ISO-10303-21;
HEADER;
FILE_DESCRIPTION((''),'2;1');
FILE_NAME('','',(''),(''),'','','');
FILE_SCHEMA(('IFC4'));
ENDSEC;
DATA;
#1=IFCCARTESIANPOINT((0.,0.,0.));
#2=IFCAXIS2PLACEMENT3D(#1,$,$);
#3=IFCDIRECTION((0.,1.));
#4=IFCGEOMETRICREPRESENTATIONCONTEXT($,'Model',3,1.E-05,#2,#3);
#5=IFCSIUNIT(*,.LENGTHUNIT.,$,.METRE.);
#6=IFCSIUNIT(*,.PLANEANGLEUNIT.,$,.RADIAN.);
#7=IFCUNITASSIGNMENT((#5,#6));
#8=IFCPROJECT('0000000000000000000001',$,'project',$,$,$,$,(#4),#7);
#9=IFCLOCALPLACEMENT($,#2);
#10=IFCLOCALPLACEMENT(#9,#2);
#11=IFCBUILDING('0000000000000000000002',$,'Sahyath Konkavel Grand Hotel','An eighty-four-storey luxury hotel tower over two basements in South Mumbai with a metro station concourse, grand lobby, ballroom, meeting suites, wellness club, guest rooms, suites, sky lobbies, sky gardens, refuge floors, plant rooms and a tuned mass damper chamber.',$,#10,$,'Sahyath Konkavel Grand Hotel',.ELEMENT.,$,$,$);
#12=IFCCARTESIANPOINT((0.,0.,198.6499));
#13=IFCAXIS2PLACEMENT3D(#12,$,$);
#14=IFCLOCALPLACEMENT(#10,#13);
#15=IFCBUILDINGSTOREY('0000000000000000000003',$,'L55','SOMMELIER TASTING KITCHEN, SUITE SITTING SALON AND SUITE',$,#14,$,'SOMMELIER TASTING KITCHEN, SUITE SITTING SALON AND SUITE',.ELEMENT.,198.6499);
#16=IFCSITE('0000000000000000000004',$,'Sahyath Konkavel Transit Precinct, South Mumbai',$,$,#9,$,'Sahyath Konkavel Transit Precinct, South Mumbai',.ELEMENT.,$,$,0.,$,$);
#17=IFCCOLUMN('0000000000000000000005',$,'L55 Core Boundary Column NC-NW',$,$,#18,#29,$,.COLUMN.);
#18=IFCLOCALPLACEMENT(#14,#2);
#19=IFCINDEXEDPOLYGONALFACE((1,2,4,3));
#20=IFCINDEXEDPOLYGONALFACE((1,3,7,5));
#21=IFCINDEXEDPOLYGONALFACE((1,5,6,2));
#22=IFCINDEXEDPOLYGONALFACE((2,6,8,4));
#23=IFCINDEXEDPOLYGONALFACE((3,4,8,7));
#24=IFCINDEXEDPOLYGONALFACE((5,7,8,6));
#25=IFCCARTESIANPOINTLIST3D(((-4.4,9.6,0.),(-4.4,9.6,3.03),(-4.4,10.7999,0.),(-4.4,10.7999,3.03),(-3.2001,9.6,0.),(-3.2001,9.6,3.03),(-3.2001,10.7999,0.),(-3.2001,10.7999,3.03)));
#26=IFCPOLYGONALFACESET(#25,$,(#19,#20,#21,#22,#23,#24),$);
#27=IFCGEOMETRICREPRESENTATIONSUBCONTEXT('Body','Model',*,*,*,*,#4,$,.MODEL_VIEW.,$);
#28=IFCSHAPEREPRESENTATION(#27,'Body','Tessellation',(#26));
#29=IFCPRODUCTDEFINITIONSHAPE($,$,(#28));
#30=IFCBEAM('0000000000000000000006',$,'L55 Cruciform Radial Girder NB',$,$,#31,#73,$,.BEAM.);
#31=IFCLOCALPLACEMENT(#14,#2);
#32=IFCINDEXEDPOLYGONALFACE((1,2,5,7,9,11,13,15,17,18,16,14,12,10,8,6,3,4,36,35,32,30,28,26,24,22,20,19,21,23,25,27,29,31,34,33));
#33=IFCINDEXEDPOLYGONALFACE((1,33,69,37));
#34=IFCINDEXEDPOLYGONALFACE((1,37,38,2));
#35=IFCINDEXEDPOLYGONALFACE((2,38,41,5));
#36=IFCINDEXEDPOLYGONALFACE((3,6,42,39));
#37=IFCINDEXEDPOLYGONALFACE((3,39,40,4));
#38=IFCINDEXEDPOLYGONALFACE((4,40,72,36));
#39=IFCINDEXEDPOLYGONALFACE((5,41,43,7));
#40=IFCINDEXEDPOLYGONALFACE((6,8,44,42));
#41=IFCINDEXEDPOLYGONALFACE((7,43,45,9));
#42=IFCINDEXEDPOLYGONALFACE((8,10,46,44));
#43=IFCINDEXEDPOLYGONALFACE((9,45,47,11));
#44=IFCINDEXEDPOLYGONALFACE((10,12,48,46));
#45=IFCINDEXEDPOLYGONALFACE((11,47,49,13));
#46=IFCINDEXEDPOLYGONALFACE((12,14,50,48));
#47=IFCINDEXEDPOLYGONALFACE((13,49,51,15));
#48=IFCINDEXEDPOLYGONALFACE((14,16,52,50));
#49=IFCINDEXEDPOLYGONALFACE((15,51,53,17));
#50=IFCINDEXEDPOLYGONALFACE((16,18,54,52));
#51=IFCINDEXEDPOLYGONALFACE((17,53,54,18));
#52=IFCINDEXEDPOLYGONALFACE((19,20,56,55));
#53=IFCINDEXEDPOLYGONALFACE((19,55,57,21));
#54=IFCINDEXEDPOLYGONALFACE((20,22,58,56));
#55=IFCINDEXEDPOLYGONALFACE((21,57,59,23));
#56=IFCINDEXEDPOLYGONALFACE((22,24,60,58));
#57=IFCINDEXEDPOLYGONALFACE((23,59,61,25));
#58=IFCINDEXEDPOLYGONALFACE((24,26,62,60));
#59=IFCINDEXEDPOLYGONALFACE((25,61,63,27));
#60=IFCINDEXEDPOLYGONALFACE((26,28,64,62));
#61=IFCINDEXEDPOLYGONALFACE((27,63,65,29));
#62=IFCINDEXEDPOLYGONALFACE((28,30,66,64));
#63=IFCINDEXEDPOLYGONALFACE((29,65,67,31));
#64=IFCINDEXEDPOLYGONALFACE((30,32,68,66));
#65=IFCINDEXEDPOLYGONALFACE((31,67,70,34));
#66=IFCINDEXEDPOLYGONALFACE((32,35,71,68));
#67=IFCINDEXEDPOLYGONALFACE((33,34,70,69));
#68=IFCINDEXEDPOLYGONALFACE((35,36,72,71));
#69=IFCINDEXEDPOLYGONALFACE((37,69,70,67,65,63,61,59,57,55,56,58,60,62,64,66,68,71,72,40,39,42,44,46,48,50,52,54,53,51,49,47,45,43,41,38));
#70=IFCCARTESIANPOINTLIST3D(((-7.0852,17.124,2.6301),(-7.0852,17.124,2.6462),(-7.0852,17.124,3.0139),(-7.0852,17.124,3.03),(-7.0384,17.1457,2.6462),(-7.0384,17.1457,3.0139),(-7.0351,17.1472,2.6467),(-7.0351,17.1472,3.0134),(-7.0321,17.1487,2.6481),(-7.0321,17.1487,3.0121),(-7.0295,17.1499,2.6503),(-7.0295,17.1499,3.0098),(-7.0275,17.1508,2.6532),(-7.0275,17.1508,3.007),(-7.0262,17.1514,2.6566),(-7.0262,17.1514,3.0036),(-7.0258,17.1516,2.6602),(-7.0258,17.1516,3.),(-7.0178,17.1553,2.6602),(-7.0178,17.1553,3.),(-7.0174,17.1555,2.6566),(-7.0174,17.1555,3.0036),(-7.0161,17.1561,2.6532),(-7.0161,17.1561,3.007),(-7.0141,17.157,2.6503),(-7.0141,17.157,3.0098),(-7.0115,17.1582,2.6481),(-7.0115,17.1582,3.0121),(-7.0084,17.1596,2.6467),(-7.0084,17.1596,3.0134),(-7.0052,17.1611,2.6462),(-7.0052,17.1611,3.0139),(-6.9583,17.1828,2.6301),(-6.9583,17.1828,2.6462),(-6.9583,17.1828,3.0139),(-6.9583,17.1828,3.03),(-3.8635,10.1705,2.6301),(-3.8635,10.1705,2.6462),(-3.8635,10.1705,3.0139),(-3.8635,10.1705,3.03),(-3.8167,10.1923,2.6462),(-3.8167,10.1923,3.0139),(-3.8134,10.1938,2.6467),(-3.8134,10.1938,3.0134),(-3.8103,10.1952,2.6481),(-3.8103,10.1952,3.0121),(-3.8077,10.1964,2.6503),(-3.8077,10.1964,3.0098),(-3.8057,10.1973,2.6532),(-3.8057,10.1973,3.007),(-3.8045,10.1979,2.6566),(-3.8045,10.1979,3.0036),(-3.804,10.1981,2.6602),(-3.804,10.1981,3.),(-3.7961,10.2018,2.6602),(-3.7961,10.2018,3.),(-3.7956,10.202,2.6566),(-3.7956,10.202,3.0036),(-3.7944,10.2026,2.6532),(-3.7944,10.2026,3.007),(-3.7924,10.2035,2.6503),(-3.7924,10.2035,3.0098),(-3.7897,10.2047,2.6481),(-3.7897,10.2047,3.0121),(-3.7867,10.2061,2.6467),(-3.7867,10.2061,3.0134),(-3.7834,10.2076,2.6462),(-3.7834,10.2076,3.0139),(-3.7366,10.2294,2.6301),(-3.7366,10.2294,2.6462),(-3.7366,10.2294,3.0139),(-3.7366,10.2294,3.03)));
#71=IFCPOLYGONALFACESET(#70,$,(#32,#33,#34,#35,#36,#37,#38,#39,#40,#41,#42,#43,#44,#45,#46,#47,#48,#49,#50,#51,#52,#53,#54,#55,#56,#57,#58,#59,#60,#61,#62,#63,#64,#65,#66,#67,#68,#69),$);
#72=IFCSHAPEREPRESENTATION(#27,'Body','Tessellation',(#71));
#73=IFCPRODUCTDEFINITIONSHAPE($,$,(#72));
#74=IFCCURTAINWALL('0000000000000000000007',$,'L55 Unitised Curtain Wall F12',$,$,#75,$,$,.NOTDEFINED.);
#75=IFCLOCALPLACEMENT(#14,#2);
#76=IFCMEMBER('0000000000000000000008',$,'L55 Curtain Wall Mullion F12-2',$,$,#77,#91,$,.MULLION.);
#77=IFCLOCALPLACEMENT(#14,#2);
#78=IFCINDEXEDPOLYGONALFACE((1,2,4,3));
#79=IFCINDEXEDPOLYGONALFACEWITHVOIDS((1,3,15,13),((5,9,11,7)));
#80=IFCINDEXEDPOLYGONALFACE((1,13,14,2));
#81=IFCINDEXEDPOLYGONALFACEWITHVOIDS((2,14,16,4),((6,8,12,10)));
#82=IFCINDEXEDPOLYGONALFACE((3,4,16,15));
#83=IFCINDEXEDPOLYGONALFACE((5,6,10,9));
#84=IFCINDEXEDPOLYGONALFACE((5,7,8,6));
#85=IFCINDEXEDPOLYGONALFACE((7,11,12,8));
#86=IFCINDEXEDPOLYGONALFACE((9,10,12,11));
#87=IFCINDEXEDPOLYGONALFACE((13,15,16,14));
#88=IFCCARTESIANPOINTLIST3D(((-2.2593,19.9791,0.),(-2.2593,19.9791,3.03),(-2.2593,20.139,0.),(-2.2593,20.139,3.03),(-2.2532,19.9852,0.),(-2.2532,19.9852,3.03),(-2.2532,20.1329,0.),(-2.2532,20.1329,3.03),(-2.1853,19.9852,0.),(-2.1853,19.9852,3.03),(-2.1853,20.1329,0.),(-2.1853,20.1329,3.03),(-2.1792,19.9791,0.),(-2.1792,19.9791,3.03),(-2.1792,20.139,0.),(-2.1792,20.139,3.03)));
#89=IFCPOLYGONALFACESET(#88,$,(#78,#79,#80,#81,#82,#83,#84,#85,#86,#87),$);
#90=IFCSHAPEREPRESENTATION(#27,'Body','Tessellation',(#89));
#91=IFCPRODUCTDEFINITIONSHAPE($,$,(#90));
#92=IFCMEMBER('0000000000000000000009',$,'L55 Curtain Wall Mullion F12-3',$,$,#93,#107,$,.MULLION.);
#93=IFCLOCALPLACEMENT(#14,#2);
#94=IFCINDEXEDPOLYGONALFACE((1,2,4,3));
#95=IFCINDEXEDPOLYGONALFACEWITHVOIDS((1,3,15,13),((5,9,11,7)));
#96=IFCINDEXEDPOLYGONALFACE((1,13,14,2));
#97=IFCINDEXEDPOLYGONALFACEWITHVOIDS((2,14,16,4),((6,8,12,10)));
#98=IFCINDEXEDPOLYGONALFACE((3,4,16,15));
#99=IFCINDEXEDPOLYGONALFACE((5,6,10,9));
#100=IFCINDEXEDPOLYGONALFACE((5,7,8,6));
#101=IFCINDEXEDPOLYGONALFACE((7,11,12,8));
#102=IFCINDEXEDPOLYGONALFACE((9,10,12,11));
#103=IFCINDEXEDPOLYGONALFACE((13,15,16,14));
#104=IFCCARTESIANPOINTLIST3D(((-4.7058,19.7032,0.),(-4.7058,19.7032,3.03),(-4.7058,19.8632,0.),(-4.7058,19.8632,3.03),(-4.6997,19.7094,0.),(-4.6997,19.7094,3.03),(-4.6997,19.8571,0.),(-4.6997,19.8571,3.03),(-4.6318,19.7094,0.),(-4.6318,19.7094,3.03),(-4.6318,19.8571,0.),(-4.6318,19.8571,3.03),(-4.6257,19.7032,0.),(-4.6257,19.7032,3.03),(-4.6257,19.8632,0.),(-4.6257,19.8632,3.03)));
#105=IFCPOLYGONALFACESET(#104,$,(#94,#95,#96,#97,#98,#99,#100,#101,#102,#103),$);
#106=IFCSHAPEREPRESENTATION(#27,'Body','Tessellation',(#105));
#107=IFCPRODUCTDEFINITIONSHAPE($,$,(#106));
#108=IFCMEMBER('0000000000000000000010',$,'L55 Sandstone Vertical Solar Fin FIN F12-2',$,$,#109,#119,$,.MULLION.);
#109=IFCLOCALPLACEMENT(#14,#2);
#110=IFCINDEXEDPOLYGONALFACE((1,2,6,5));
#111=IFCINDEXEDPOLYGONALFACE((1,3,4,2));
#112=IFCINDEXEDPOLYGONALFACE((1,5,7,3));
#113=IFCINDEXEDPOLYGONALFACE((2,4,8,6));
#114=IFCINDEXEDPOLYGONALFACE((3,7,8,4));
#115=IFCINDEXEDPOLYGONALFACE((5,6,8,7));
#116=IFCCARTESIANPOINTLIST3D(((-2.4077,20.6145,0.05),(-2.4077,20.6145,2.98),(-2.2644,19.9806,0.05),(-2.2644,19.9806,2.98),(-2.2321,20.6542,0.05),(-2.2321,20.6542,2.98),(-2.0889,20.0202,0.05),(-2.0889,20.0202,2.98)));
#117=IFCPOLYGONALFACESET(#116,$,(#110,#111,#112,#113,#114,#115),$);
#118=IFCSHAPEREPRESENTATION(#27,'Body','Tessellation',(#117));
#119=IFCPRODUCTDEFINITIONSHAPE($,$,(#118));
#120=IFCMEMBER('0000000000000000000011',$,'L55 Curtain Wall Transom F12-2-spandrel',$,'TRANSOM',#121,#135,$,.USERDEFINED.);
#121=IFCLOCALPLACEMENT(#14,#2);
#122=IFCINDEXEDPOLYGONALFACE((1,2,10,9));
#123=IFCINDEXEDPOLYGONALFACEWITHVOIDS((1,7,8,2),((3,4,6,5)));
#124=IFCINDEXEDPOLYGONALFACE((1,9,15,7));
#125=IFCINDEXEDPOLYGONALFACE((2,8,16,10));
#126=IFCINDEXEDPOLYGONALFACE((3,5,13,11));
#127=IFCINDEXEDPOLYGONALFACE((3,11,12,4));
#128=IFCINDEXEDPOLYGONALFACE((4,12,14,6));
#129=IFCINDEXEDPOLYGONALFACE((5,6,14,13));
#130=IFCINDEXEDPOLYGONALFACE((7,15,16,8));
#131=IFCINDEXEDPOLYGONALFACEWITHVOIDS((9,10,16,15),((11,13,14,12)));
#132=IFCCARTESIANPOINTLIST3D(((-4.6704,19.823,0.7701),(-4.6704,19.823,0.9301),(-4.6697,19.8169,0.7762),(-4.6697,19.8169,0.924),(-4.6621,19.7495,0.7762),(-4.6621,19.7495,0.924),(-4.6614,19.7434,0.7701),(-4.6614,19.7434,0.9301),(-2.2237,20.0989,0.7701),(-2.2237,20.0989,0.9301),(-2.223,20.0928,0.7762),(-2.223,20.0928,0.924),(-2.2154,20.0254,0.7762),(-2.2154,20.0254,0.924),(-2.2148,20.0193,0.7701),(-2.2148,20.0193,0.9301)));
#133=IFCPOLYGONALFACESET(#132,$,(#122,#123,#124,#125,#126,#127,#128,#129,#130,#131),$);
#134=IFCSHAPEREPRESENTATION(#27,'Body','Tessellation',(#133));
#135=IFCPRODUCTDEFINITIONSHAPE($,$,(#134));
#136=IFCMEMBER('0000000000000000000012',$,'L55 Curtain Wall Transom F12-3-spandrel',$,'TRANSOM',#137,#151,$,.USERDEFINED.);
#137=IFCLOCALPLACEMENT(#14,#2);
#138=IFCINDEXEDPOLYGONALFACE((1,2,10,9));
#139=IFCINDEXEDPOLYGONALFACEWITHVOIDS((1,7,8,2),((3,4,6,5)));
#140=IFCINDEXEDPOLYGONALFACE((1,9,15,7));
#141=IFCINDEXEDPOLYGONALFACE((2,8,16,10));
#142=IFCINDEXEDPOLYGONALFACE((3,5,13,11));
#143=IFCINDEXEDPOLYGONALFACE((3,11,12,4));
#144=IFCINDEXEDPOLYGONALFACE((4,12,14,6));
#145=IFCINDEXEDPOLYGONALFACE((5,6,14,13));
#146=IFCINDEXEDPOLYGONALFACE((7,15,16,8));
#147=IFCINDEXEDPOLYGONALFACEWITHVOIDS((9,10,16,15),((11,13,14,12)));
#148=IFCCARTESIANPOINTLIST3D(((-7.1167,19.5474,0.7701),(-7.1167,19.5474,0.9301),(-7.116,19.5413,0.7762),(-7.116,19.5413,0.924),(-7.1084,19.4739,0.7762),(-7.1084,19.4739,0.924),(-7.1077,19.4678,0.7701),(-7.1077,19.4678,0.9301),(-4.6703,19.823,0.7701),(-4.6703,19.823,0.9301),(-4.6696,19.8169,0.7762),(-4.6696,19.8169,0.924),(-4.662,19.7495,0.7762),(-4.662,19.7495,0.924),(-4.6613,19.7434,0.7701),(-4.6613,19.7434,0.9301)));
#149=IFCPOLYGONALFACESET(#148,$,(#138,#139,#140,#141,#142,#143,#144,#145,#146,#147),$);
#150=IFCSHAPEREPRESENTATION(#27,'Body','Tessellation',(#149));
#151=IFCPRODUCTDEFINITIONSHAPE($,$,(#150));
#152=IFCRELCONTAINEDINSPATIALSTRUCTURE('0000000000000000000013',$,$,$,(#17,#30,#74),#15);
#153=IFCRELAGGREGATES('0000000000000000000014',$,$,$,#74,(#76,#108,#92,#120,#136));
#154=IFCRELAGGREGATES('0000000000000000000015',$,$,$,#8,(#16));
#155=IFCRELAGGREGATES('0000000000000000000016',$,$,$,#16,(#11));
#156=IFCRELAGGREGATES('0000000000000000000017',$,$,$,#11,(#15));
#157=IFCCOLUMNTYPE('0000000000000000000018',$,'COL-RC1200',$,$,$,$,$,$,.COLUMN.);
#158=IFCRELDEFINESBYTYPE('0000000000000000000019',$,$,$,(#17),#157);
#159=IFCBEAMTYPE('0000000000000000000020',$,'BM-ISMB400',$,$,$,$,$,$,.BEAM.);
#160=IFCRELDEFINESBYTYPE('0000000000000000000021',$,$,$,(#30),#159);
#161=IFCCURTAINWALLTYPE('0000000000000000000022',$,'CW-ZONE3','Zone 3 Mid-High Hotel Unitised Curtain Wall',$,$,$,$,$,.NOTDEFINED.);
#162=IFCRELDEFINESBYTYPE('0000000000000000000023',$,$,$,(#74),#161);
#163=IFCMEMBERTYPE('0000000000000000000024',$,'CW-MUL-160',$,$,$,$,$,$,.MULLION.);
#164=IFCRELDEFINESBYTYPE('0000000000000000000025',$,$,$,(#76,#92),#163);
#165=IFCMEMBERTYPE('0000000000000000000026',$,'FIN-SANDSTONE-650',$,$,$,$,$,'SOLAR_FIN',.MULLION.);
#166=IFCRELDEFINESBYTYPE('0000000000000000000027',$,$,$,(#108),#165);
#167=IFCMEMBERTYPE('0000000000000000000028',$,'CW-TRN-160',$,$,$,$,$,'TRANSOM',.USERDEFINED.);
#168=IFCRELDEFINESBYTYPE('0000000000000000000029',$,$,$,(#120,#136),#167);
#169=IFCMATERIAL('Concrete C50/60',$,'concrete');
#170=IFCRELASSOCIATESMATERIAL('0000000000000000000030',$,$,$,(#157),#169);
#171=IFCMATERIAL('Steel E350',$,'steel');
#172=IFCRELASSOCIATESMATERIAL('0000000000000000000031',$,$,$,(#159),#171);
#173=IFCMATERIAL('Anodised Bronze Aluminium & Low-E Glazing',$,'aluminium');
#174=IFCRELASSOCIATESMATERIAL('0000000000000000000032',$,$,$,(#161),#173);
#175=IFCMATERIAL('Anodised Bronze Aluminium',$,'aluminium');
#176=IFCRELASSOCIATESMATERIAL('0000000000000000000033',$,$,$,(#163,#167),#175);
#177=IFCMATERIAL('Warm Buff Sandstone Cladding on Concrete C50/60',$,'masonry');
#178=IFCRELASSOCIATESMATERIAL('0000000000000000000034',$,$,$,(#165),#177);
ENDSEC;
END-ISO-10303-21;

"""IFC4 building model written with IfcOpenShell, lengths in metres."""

from ifc_helpers import new_model, si_unit, direction, frame, origin, origin_2d, place, context, subcontext, project, spatial, rectangle, hollow_rectangle, i_section, extrude, source, transform, mapped, material, material_profile, profile_set, type_object, element, aggregate, save


model = new_model("IFC4")

# Units and contexts
model_context = context("Model", 3, precision=1e-05, world=origin(), true_north=direction((0.0, 1.0)))
body_context = subcontext(model_context, "Body", "Model", "MODEL_VIEW")
ifc_project = project(units=[si_unit("LENGTHUNIT", "METRE"), si_unit("PLANEANGLEUNIT", "RADIAN")], contexts=[model_context])

# Site, building, storey
site_placement = place(None, origin())
site = spatial("IfcSite", under=ifc_project, at=site_placement, Name="Sahyath Konkavel Transit Precinct, South Mumbai", LongName="Sahyath Konkavel Transit Precinct, South Mumbai", CompositionType="ELEMENT", RefElevation=0.0)
building_placement = place(site_placement, origin())
building = spatial("IfcBuilding", under=site, at=building_placement, Name="Sahyath Konkavel Grand Hotel", Description="An eighty-four-storey luxury hotel tower over two basements in South Mumbai with a metro station concourse, grand lobby, ballroom, meeting suites, wellness club, guest rooms, suites, sky lobbies, sky gardens, refuge floors, plant rooms and a tuned mass damper chamber.", LongName="Sahyath Konkavel Grand Hotel", CompositionType="ELEMENT")
storey_placement = place(building_placement, frame((0.0, 0.0, 198.6499)))
storey = spatial("IfcBuildingStorey", under=building, at=storey_placement, Name="L55", Description="SOMMELIER TASTING KITCHEN, SUITE SITTING SALON AND SUITE", LongName="SOMMELIER TASTING KITCHEN, SUITE SITTING SALON AND SUITE", CompositionType="ELEMENT", Elevation=198.6499)

# Column
ifc_material_1 = material(Name="Concrete C50/60", Category="concrete")
ifc_material_profile_1 = material_profile(ifc_material_1, rectangle(XDim=1.2, YDim=1.2, at=origin_2d()), Name="RC 1200x1200")
ifc_profile_set_1 = profile_set([ifc_material_profile_1], Name="Concrete C50/60")
column_type = type_object("IfcColumnType", Name="COL-RC1200", PredefinedType="COLUMN", material=ifc_profile_set_1)
shared_shape_1 = source(origin(), body_context, "Body", "SweptSolid", [
    extrude(rectangle(XDim=1.2, YDim=1.2, at=origin_2d()), origin(), (0.0, 0.0, 1.0), 3.03),
])
column_placement = place(storey_placement, frame((-3.8, 10.2, 0.0), z_axis=(0.0, 0.0, 1.0), x_axis=(1.0, 0.0, 0.0)))
element("IfcColumn", 1, at=column_placement, inside=storey, type_object=column_type, Name="L55 Core Boundary Column NC-NW", PredefinedType="COLUMN", context=body_context, shape_type="MappedRepresentation", body=[
    mapped(shared_shape_1, transform((0.0, 0.0, 0.0), scale=1.0)),
])

# Beam
ifc_material_2 = material(Name="Steel E350", Category="steel")
ifc_material_profile_2 = material_profile(ifc_material_2, i_section(OverallWidth=0.1399, OverallDepth=0.3999, WebThickness=0.0088, FlangeThickness=0.0161, FilletRadius=0.0139, at=origin_2d()), Name="ISMB 400")
ifc_profile_set_2 = profile_set([ifc_material_profile_2], Name="Steel E350")
beam_type_1 = type_object("IfcBeamType", Name="BM-ISMB400", PredefinedType="BEAM", material=ifc_profile_set_2)
shared_shape_2 = source(origin(), body_context, "Body", "SweptSolid", [
    extrude(i_section(OverallWidth=0.1399, OverallDepth=0.3999, WebThickness=0.0088, FlangeThickness=0.0161, FilletRadius=0.0139, at=origin_2d()), origin(), (0.0, 0.0, 1.0), 7.6636),
])
beam_1_placement = place(storey_placement, frame((-3.8, 10.2, 2.8301), z_axis=(-0.420395, 0.907341, 0.0), x_axis=(-0.907341, -0.420395, 0.0)))
element("IfcBeam", 2, at=beam_1_placement, inside=storey, type_object=beam_type_1, Name="L55 Cruciform Radial Girder NB", PredefinedType="BEAM", context=body_context, shape_type="MappedRepresentation", body=[
    mapped(shared_shape_2, transform((0.0, 0.0, 0.0), scale=1.0)),
])

# Curtain wall, members
ifc_material_3 = material(Name="Anodised Bronze Aluminium & Low-E Glazing", Category="aluminium")
curtain_wall_type = type_object("IfcCurtainWallType", Name="CW-ZONE3", Description="Zone 3 Mid-High Hotel Unitised Curtain Wall", PredefinedType="NOTDEFINED", material=ifc_material_3)
curtain_wall_placement = place(storey_placement, origin())
curtain_wall = element("IfcCurtainWall", 3, at=curtain_wall_placement, inside=storey, type_object=curtain_wall_type, Name="L55 Unitised Curtain Wall F12", PredefinedType="NOTDEFINED")
ifc_material_4 = material(Name="Anodised Bronze Aluminium", Category="aluminium")
ifc_material_profile_3 = material_profile(ifc_material_4, hollow_rectangle(XDim=0.0801, YDim=0.1599, WallThickness=0.0061, at=origin_2d()), Name="RHS 160x80x6")
ifc_profile_set_3 = profile_set([ifc_material_profile_3], Name="Anodised Bronze Aluminium")
member_type_1 = type_object("IfcMemberType", Name="CW-MUL-160", PredefinedType="MULLION", material=ifc_profile_set_3)
shared_shape_3 = source(origin(), body_context, "Body", "SweptSolid", [
    extrude(hollow_rectangle(XDim=0.0801, YDim=0.1599, WallThickness=0.0061, at=origin_2d()), origin(), (0.0, 0.0, 1.0), 3.03),
])
member_1_placement = place(storey_placement, frame((-2.2192, 20.0591, 0.0), z_axis=(0.0, 0.0, 1.0), x_axis=(1.0, 0.0, 0.0)))
member_1 = element("IfcMember", 4, at=member_1_placement, type_object=member_type_1, Name="L55 Curtain Wall Mullion F12-2", PredefinedType="MULLION", context=body_context, shape_type="MappedRepresentation", body=[
    mapped(shared_shape_3, transform((0.0, 0.0, 0.0), scale=1.0)),
])
member_2_placement = place(storey_placement, frame((-4.6658, 19.7832, 0.0), z_axis=(0.0, 0.0, 1.0), x_axis=(1.0, 0.0, 0.0)))
member_2 = element("IfcMember", 5, at=member_2_placement, type_object=member_type_1, Name="L55 Curtain Wall Mullion F12-3", PredefinedType="MULLION", context=body_context, shape_type="MappedRepresentation", body=[
    mapped(shared_shape_3, transform((0.0, 0.0, 0.0), scale=1.0)),
])
ifc_material_5 = material(Name="Warm Buff Sandstone Cladding on Concrete C50/60", Category="masonry")
ifc_material_profile_4 = material_profile(ifc_material_5, rectangle(XDim=0.1799, YDim=0.6499, at=origin_2d()), Name="FIN 180x650")
ifc_profile_set_4 = profile_set([ifc_material_profile_4], Name="Warm Buff Sandstone Cladding on Concrete C50/60")
member_type_2 = type_object("IfcMemberType", Name="FIN-SANDSTONE-650", ElementType="SOLAR_FIN", PredefinedType="MULLION", material=ifc_profile_set_4)
shared_shape_4 = source(origin(), body_context, "Body", "SweptSolid", [
    extrude(rectangle(XDim=0.1799, YDim=0.6499, at=origin_2d()), origin(), (0.0, 0.0, 1.0), 2.9299),
])
member_3_placement = place(storey_placement, frame((-2.2483, 20.3174, 0.05), z_axis=(0.0, 0.0, 1.0), x_axis=(0.975419, 0.220357, 0.0)))
member_3 = element("IfcMember", 6, at=member_3_placement, type_object=member_type_2, Name="L55 Sandstone Vertical Solar Fin FIN F12-2", PredefinedType="MULLION", context=body_context, shape_type="MappedRepresentation", body=[
    mapped(shared_shape_4, transform((0.0, 0.0, 0.0), scale=1.0)),
])
ifc_material_profile_5 = material_profile(ifc_material_4, hollow_rectangle(XDim=0.0801, YDim=0.1599, WallThickness=0.0061, at=origin_2d()), Name="RHS 160x80x6")
ifc_profile_set_5 = profile_set([ifc_material_profile_5], Name="Anodised Bronze Aluminium")
member_type_3 = type_object("IfcMemberType", Name="CW-TRN-160", ElementType="TRANSOM", PredefinedType="USERDEFINED", material=ifc_profile_set_5)
shared_shape_5 = source(origin(), body_context, "Body", "SweptSolid", [
    extrude(hollow_rectangle(XDim=0.0801, YDim=0.1599, WallThickness=0.0061, at=origin_2d()), origin(), (0.0, 0.0, 1.0), 2.4622),
])
member_4_placement = place(storey_placement, frame((-2.2192, 20.0591, 0.8501), z_axis=(-0.993702, -0.112053, 0.0), x_axis=(0.112053, -0.993702, 0.0)))
member_4 = element("IfcMember", 7, at=member_4_placement, type_object=member_type_3, Name="L55 Curtain Wall Transom F12-2-spandrel", ObjectType="TRANSOM", PredefinedType="USERDEFINED", context=body_context, shape_type="MappedRepresentation", body=[
    mapped(shared_shape_5, transform((0.0, 0.0, 0.0), scale=1.0)),
])
shared_shape_6 = source(origin(), body_context, "Body", "SweptSolid", [
    extrude(hollow_rectangle(XDim=0.0801, YDim=0.1599, WallThickness=0.0061, at=origin_2d()), origin(), (0.0, 0.0, 1.0), 2.4619),
])
member_5_placement = place(storey_placement, frame((-4.6658, 19.7832, 0.8501), z_axis=(-0.993713, -0.111955, 0.0), x_axis=(0.111955, -0.993713, 0.0)))
member_5 = element("IfcMember", 8, at=member_5_placement, type_object=member_type_3, Name="L55 Curtain Wall Transom F12-3-spandrel", ObjectType="TRANSOM", PredefinedType="USERDEFINED", context=body_context, shape_type="MappedRepresentation", body=[
    mapped(shared_shape_6, transform((0.0, 0.0, 0.0), scale=1.0)),
])

aggregate(curtain_wall, [member_1, member_3, member_2, member_4, member_5])

save(model, "model.ifc")
